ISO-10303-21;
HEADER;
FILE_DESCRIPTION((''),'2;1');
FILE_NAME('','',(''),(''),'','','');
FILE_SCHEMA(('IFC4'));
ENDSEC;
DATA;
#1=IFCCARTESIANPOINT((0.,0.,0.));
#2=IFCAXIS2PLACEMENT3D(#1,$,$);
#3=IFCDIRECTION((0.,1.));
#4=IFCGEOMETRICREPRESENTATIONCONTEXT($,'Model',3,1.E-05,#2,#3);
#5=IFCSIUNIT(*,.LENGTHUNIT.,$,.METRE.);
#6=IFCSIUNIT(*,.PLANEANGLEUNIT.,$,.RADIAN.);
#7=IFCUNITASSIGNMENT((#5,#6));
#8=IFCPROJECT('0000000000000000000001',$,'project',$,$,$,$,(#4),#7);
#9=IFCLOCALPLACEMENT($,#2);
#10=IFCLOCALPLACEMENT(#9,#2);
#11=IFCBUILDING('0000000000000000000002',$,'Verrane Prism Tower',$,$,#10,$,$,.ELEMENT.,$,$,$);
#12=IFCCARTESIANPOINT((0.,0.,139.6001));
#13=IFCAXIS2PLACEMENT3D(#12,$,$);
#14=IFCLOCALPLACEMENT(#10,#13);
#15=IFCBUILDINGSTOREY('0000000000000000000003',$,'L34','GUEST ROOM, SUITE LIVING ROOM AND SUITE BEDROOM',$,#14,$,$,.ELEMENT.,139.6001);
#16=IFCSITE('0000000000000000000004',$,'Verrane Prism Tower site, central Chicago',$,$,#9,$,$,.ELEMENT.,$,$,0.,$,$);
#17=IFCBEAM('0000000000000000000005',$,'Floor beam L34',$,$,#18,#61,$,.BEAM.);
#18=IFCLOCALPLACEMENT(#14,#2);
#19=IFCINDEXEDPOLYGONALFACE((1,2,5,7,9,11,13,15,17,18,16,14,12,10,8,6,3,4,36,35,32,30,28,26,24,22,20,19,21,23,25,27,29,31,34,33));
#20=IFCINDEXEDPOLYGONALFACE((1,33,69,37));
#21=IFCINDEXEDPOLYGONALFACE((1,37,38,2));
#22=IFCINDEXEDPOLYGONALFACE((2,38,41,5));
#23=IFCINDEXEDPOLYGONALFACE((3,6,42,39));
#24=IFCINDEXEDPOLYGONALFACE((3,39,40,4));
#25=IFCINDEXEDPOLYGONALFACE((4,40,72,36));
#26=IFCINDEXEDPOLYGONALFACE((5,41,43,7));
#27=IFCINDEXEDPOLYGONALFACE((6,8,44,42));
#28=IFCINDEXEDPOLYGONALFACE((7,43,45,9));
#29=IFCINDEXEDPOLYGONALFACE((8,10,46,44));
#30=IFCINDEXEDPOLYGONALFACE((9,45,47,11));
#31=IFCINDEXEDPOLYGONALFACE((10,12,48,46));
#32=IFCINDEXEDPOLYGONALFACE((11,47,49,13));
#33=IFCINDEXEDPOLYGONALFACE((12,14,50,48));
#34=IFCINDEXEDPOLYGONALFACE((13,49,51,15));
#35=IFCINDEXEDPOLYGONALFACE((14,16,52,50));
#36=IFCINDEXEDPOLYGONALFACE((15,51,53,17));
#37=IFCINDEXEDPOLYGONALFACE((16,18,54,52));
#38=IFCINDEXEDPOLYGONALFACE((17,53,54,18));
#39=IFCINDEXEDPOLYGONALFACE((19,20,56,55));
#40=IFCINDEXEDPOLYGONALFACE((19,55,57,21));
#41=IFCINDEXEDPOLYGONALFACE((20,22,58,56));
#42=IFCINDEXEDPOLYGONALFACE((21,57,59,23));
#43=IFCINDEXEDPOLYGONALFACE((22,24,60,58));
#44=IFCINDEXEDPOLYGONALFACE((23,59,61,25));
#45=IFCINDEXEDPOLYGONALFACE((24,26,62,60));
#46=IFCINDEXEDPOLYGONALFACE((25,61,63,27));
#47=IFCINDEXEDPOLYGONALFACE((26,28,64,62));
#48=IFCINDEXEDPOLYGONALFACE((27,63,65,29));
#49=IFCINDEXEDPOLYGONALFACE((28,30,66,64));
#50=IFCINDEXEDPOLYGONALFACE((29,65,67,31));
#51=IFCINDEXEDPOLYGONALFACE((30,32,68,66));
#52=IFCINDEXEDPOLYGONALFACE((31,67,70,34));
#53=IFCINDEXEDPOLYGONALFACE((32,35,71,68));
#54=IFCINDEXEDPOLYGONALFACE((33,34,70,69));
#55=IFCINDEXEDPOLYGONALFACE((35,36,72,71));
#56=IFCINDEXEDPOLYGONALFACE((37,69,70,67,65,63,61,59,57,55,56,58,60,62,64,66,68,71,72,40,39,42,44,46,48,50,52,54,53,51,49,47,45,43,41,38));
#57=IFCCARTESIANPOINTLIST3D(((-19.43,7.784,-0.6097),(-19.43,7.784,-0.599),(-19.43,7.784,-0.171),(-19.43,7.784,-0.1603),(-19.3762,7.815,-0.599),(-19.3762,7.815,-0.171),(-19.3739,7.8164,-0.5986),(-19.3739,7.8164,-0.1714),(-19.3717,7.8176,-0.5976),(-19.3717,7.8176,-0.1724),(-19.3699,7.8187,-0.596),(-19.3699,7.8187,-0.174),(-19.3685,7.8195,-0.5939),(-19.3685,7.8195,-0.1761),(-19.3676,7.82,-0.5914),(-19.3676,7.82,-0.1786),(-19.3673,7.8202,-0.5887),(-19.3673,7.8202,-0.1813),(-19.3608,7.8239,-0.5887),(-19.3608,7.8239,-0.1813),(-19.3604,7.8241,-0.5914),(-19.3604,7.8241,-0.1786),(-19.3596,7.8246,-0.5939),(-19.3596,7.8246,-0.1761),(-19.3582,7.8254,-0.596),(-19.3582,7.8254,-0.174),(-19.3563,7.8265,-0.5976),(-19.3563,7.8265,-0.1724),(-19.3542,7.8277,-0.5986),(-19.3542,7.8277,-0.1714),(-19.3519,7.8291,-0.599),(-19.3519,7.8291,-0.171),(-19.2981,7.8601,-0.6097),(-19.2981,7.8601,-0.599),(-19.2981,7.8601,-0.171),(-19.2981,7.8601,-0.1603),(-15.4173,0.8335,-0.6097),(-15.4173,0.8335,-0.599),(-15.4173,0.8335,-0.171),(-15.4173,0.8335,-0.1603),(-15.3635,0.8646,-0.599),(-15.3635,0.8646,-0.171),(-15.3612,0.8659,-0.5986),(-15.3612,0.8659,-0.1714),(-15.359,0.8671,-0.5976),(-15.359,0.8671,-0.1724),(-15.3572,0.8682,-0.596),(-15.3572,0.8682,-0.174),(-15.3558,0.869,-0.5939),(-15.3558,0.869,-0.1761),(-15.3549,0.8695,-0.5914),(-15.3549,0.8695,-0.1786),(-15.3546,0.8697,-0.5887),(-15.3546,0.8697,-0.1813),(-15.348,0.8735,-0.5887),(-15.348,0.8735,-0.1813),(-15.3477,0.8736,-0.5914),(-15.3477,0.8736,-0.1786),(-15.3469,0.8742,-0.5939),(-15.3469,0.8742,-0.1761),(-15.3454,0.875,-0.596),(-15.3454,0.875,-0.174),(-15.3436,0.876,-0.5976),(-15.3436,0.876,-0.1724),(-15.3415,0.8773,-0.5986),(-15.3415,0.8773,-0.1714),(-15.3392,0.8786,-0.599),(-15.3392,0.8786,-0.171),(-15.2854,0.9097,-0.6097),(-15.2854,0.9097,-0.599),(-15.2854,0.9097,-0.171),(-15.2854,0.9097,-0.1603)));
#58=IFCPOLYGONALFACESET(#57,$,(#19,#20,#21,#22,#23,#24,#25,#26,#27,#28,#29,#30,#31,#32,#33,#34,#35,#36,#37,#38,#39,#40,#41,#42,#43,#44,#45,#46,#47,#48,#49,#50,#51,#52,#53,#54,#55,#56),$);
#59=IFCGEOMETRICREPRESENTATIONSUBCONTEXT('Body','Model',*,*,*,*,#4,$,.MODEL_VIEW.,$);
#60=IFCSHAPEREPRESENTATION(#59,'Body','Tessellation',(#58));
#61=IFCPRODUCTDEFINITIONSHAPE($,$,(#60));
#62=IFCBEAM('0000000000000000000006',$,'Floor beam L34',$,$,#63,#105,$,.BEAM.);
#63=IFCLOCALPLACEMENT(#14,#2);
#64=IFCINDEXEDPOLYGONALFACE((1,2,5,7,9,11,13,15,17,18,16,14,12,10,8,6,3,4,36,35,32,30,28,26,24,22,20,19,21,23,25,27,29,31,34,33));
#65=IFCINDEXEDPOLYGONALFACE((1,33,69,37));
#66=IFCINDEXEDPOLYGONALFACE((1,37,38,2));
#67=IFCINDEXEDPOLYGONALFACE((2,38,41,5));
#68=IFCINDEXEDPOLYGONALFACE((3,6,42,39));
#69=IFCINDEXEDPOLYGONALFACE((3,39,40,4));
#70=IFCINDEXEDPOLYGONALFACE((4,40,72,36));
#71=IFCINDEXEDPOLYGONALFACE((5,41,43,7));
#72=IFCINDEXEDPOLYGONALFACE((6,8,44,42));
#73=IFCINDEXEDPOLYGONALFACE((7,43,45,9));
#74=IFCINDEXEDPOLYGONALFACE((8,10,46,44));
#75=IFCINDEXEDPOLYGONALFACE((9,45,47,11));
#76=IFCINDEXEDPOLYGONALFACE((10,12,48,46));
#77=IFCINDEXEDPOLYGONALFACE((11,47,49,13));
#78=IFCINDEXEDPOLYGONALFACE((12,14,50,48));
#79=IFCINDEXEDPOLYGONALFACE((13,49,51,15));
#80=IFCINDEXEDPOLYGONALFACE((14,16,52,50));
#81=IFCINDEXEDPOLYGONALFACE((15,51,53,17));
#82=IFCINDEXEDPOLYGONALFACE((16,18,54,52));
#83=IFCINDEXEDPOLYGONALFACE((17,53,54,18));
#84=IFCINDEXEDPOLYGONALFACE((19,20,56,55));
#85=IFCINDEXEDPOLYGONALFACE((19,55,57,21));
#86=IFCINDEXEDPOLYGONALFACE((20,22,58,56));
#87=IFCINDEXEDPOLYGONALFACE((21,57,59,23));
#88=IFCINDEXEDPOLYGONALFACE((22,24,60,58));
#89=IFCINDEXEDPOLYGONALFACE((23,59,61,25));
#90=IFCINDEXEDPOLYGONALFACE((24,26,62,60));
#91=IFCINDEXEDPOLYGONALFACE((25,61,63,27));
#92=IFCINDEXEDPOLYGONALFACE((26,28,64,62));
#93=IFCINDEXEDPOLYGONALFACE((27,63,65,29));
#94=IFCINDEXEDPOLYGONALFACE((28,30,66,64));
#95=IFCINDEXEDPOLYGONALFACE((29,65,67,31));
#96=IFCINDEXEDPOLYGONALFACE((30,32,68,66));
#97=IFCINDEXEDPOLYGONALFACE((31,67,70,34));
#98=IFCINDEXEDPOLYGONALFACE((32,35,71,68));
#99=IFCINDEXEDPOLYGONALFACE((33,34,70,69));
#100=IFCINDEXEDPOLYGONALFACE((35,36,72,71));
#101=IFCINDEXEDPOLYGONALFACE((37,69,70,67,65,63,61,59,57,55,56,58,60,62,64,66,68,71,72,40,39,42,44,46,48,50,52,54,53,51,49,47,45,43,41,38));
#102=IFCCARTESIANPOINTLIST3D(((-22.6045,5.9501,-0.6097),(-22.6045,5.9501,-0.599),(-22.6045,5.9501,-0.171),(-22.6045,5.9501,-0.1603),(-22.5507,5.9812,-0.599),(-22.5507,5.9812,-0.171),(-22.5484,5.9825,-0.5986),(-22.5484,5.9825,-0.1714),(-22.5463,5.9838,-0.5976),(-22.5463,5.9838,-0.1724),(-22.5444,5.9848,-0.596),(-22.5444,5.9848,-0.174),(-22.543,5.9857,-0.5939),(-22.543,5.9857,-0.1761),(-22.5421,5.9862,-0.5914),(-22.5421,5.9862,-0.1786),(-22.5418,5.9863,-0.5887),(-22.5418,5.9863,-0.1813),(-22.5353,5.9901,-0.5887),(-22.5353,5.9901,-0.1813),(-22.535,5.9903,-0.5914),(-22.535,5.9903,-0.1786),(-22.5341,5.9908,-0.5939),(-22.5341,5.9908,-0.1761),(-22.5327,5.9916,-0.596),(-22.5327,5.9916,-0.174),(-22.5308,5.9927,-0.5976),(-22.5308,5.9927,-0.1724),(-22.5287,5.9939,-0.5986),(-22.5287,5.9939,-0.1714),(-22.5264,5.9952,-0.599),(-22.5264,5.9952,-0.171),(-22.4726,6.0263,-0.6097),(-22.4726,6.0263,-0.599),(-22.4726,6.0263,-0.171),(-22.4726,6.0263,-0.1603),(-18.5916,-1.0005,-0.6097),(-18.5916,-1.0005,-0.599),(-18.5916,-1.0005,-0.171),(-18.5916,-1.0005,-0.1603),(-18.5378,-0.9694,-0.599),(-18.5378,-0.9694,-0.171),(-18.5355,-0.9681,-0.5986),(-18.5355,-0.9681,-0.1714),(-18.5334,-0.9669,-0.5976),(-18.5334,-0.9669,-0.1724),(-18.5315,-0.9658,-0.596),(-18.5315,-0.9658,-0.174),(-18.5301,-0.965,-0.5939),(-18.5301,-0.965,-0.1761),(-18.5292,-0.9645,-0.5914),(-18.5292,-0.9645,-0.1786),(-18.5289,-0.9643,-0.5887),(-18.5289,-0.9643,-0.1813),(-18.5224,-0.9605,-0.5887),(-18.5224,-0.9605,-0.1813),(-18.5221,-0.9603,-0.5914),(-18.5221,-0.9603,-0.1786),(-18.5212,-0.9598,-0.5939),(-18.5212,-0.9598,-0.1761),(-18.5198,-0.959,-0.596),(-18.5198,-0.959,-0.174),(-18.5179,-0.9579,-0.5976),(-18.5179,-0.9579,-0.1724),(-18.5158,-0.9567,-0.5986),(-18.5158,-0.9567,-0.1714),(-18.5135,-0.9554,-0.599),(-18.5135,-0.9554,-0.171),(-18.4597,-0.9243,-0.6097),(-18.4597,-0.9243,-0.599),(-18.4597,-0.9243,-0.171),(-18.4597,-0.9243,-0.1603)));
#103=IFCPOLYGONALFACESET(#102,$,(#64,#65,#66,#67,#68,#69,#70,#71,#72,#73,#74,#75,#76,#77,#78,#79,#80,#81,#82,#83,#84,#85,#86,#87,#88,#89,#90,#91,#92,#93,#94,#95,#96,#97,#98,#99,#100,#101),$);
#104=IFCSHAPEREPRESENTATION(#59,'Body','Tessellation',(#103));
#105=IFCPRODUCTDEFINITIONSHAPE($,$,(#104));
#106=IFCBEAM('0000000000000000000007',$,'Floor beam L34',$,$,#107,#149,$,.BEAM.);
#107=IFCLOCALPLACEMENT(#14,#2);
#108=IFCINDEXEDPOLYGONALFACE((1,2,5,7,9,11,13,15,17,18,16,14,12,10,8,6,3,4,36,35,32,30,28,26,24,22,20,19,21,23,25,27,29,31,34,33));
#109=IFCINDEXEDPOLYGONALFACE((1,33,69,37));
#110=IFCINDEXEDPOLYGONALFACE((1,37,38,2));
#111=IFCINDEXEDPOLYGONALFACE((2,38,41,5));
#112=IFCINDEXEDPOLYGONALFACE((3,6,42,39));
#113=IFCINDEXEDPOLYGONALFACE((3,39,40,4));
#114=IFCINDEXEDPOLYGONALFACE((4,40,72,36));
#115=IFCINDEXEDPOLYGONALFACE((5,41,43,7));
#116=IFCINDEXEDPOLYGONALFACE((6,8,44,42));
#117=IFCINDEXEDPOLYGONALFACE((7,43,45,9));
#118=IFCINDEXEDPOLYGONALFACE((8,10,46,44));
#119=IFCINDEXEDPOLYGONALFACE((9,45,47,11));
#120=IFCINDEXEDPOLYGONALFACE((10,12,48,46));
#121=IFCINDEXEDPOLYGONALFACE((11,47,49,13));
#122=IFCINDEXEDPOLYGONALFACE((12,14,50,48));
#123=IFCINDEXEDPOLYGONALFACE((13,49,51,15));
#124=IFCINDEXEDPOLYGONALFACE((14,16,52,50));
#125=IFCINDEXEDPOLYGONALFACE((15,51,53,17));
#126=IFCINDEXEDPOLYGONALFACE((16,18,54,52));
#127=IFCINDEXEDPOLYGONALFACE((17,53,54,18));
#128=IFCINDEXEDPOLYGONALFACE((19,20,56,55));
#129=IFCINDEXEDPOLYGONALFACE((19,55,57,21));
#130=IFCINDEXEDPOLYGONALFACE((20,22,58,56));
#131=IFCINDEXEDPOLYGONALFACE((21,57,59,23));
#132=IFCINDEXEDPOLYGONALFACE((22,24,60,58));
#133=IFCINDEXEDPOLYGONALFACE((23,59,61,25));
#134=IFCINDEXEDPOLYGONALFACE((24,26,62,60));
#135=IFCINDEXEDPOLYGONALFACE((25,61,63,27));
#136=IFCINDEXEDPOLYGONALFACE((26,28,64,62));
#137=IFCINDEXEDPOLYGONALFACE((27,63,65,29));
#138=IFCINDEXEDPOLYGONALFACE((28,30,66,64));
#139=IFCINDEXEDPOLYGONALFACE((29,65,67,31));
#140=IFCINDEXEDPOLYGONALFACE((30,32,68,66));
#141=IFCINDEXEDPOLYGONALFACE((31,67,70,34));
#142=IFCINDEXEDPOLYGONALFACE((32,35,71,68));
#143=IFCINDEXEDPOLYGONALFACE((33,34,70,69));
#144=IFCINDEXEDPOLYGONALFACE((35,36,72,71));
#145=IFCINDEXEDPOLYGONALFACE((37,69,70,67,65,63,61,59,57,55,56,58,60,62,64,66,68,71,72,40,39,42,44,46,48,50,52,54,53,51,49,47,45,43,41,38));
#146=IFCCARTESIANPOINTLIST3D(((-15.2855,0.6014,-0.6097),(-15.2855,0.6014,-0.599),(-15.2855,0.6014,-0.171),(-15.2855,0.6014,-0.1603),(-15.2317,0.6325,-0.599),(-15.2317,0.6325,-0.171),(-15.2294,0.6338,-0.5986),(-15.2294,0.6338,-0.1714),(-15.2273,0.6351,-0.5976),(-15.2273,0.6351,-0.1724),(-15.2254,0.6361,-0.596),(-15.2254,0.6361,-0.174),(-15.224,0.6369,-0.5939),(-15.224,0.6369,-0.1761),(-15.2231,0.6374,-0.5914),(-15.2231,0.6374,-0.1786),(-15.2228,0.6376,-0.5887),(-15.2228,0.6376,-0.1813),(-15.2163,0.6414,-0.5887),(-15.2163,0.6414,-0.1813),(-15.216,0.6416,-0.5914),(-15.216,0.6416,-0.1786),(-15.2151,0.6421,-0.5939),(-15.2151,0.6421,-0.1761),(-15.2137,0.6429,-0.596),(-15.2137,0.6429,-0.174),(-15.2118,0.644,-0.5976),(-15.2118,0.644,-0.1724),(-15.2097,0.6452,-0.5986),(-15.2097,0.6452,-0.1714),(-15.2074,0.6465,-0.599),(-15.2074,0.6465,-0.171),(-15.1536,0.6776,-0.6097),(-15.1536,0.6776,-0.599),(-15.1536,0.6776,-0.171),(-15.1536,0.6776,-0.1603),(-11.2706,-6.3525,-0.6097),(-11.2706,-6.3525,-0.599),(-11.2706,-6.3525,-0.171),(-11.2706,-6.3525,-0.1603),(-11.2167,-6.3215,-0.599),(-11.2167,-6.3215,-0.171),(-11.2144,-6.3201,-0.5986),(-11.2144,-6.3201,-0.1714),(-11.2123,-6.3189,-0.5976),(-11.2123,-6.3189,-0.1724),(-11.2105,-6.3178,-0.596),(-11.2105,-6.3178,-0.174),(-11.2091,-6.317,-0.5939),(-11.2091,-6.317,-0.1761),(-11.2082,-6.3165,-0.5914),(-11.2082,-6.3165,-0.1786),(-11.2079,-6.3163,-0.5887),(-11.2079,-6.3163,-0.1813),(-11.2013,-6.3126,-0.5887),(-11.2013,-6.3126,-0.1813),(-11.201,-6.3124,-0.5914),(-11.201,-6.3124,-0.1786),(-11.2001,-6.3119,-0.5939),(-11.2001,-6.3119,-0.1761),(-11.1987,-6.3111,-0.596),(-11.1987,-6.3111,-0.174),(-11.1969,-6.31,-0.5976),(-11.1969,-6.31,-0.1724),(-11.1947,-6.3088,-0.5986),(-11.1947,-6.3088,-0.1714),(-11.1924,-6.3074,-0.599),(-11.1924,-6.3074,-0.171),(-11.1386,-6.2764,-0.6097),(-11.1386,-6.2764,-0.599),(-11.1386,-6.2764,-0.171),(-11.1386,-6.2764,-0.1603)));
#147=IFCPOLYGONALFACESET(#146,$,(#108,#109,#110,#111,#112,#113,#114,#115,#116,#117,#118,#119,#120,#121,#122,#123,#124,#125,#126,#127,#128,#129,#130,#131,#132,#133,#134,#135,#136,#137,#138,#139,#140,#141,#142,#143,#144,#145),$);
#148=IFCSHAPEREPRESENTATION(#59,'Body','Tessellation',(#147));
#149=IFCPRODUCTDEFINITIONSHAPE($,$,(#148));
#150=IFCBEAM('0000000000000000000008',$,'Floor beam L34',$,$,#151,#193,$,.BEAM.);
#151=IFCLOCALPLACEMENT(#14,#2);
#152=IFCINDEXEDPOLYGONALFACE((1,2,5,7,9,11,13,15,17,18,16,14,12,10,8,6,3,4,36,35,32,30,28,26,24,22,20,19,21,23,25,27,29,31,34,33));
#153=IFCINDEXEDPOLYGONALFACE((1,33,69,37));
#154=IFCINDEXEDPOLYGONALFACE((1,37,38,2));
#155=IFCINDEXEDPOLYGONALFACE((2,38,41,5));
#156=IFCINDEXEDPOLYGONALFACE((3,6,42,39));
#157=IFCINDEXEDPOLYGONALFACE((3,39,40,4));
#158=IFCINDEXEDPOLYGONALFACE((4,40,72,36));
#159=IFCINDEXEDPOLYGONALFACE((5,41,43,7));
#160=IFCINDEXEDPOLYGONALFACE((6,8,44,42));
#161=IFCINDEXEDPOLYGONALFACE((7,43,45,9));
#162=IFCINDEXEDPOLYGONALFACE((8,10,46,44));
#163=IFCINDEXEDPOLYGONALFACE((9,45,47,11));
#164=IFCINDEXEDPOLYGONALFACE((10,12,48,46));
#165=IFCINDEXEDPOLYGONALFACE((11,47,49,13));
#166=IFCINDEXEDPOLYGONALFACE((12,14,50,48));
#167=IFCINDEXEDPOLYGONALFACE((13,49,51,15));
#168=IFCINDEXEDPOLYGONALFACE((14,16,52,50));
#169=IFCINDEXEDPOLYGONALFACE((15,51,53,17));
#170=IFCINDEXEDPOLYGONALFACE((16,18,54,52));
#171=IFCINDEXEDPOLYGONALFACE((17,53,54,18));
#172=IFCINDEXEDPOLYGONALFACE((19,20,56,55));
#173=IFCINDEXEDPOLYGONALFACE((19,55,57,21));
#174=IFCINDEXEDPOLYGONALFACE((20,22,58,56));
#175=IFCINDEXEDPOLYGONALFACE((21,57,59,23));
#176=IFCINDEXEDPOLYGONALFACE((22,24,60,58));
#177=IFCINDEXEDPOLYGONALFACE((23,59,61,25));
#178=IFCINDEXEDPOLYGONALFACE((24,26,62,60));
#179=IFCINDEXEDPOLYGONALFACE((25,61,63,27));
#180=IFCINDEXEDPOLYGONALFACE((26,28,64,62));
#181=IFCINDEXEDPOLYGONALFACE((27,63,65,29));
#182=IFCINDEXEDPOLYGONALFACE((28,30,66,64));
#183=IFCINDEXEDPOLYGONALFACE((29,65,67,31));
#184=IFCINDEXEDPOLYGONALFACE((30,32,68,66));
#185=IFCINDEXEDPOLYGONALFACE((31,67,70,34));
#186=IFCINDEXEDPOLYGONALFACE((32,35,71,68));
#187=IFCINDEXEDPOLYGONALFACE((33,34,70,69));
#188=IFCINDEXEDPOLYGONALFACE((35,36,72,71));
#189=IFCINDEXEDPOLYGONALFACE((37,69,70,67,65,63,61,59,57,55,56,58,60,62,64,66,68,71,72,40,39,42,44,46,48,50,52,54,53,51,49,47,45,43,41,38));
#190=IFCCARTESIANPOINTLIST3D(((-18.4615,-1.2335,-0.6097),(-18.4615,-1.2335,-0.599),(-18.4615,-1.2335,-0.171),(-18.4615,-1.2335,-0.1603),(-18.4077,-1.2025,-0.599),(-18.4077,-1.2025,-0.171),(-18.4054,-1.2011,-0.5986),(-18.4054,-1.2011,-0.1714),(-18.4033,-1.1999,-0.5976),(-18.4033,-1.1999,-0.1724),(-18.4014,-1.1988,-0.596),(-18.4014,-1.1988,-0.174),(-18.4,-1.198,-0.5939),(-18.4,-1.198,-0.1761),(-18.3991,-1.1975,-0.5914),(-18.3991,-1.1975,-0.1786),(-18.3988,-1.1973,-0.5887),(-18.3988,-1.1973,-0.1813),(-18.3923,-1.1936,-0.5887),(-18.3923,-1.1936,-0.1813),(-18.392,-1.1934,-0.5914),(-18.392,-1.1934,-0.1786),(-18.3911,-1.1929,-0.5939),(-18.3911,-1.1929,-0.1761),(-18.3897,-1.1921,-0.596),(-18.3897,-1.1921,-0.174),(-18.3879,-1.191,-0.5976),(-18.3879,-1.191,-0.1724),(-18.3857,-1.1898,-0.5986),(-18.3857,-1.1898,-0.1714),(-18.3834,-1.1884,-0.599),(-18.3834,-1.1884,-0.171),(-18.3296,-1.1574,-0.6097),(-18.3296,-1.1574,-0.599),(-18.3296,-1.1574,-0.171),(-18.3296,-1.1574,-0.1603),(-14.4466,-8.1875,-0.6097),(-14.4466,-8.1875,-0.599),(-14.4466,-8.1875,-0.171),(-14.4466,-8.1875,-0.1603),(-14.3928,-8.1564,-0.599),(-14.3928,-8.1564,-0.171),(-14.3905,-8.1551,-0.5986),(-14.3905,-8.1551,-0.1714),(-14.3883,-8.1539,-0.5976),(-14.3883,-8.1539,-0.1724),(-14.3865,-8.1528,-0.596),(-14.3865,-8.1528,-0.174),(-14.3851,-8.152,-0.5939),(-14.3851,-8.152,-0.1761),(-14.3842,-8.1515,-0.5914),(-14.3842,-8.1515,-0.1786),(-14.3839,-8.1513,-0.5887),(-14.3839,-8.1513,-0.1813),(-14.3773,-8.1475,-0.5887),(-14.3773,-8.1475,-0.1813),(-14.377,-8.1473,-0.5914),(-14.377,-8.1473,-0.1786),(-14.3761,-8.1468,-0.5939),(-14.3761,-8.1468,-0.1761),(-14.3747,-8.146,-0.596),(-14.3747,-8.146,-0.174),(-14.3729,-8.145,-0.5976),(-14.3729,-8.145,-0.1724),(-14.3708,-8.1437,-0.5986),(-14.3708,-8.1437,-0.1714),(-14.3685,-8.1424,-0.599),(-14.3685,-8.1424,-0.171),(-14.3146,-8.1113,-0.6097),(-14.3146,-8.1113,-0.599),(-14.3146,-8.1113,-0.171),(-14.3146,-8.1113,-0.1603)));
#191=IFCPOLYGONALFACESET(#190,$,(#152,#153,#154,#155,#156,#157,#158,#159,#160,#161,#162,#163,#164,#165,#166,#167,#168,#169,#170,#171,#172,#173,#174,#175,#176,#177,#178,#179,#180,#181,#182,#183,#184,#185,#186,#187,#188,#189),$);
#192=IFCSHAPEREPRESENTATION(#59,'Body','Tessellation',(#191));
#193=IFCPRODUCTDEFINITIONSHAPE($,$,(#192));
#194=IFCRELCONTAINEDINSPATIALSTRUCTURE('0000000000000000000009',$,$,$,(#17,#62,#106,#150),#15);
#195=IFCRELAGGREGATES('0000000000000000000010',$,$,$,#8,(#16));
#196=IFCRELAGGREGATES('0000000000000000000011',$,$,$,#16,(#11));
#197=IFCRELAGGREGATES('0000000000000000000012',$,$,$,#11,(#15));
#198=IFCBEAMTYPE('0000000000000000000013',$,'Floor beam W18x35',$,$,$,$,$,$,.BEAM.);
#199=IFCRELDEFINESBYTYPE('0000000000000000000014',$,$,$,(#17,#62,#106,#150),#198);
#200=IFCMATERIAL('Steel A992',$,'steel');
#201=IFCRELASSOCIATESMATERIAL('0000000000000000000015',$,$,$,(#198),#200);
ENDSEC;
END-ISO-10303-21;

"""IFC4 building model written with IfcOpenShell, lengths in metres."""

from ifc_helpers import new_model, si_unit, direction, frame, origin, origin_2d, place, context, subcontext, project, spatial, i_section, extrude, material, material_profile, profile_set, type_object, element, save


model = new_model("IFC4")

# Units and contexts
model_context = context("Model", 3, precision=1e-05, world=origin(), true_north=direction((0.0, 1.0)))
body_context = subcontext(model_context, "Body", "Model", "MODEL_VIEW")
ifc_project = project(units=[si_unit("LENGTHUNIT", "METRE"), si_unit("PLANEANGLEUNIT", "RADIAN")], contexts=[model_context])

# Site, building, storey
site_placement = place(None, origin())
site = spatial("IfcSite", under=ifc_project, at=site_placement, Name="Verrane Prism Tower site, central Chicago", CompositionType="ELEMENT", RefElevation=0.0)
building_placement = place(site_placement, origin())
building = spatial("IfcBuilding", under=site, at=building_placement, Name="Verrane Prism Tower", CompositionType="ELEMENT")
storey_placement = place(building_placement, frame((0.0, 0.0, 139.6001)))
storey = spatial("IfcBuildingStorey", under=building, at=storey_placement, Name="L34", Description="GUEST ROOM, SUITE LIVING ROOM AND SUITE BEDROOM", CompositionType="ELEMENT", Elevation=139.6001)

# Beams
ifc_material_1 = material(Name="Steel A992", Category="steel")
ifc_material_profile_1 = material_profile(ifc_material_1, i_section(OverallWidth=0.1523, OverallDepth=0.4495, WebThickness=0.0076, FlangeThickness=0.0107, FilletRadius=0.0103, at=origin_2d()), Name="W18x35")
ifc_profile_set_1 = profile_set([ifc_material_profile_1], Name="Steel A992")
beam_type_1 = type_object("IfcBeamType", Name="Floor beam W18x35", PredefinedType="BEAM", material=ifc_profile_set_1)
beam_1_placement = place(storey_placement, frame((-15.3513, 0.8716, -0.385), z_axis=(-0.499987, 0.866033, 0.0), x_axis=(-0.866033, -0.499987, 0.0)))
element("IfcBeam", 1, at=beam_1_placement, inside=storey, type_object=beam_type_1, Name="Floor beam L34", PredefinedType="BEAM", context=body_context, shape_type="SweptSolid", body=[
    extrude(i_section(OverallWidth=0.1523, OverallDepth=0.4495, WebThickness=0.0076, FlangeThickness=0.0107, FilletRadius=0.0103, at=origin_2d()), origin(), (0.0, 0.0, 1.0), 8.0256),
])
beam_2_placement = place(storey_placement, frame((-18.5256, -0.9624, -0.385), z_axis=(-0.499996, 0.866028, 0.0), x_axis=(-0.866028, -0.499996, 0.0)))
element("IfcBeam", 2, at=beam_2_placement, inside=storey, type_object=beam_type_1, Name="Floor beam L34", PredefinedType="BEAM", context=body_context, shape_type="SweptSolid", body=[
    extrude(i_section(OverallWidth=0.1523, OverallDepth=0.4495, WebThickness=0.0076, FlangeThickness=0.0107, FilletRadius=0.0103, at=origin_2d()), origin(), (0.0, 0.0, 1.0), 8.0259),
])
for number, where, z_axis, x_axis, name in (
    (3, (-11.2046, -6.3145, -0.385), (-0.500008, 0.866021, 0.0), (-0.866021, -0.500008, 0.0), "Floor beam L34"),
    (4, (-14.3806, -8.1494, -0.385), (-0.500008, 0.866021, 0.0), (-0.866021, -0.500008, 0.0), "Floor beam L34"),
):
    element("IfcBeam", number, at=place(storey_placement, frame(where, z_axis=z_axis, x_axis=x_axis)), inside=storey, type_object=beam_type_1, Name=name, PredefinedType="BEAM", context=body_context, shape_type="SweptSolid", body=[
        extrude(i_section(OverallWidth=0.1523, OverallDepth=0.4495, WebThickness=0.0076, FlangeThickness=0.0107, FilletRadius=0.0103, at=origin_2d()), origin(), (0.0, 0.0, 1.0), 8.0298),
    ])

save(model, "model.ifc")
